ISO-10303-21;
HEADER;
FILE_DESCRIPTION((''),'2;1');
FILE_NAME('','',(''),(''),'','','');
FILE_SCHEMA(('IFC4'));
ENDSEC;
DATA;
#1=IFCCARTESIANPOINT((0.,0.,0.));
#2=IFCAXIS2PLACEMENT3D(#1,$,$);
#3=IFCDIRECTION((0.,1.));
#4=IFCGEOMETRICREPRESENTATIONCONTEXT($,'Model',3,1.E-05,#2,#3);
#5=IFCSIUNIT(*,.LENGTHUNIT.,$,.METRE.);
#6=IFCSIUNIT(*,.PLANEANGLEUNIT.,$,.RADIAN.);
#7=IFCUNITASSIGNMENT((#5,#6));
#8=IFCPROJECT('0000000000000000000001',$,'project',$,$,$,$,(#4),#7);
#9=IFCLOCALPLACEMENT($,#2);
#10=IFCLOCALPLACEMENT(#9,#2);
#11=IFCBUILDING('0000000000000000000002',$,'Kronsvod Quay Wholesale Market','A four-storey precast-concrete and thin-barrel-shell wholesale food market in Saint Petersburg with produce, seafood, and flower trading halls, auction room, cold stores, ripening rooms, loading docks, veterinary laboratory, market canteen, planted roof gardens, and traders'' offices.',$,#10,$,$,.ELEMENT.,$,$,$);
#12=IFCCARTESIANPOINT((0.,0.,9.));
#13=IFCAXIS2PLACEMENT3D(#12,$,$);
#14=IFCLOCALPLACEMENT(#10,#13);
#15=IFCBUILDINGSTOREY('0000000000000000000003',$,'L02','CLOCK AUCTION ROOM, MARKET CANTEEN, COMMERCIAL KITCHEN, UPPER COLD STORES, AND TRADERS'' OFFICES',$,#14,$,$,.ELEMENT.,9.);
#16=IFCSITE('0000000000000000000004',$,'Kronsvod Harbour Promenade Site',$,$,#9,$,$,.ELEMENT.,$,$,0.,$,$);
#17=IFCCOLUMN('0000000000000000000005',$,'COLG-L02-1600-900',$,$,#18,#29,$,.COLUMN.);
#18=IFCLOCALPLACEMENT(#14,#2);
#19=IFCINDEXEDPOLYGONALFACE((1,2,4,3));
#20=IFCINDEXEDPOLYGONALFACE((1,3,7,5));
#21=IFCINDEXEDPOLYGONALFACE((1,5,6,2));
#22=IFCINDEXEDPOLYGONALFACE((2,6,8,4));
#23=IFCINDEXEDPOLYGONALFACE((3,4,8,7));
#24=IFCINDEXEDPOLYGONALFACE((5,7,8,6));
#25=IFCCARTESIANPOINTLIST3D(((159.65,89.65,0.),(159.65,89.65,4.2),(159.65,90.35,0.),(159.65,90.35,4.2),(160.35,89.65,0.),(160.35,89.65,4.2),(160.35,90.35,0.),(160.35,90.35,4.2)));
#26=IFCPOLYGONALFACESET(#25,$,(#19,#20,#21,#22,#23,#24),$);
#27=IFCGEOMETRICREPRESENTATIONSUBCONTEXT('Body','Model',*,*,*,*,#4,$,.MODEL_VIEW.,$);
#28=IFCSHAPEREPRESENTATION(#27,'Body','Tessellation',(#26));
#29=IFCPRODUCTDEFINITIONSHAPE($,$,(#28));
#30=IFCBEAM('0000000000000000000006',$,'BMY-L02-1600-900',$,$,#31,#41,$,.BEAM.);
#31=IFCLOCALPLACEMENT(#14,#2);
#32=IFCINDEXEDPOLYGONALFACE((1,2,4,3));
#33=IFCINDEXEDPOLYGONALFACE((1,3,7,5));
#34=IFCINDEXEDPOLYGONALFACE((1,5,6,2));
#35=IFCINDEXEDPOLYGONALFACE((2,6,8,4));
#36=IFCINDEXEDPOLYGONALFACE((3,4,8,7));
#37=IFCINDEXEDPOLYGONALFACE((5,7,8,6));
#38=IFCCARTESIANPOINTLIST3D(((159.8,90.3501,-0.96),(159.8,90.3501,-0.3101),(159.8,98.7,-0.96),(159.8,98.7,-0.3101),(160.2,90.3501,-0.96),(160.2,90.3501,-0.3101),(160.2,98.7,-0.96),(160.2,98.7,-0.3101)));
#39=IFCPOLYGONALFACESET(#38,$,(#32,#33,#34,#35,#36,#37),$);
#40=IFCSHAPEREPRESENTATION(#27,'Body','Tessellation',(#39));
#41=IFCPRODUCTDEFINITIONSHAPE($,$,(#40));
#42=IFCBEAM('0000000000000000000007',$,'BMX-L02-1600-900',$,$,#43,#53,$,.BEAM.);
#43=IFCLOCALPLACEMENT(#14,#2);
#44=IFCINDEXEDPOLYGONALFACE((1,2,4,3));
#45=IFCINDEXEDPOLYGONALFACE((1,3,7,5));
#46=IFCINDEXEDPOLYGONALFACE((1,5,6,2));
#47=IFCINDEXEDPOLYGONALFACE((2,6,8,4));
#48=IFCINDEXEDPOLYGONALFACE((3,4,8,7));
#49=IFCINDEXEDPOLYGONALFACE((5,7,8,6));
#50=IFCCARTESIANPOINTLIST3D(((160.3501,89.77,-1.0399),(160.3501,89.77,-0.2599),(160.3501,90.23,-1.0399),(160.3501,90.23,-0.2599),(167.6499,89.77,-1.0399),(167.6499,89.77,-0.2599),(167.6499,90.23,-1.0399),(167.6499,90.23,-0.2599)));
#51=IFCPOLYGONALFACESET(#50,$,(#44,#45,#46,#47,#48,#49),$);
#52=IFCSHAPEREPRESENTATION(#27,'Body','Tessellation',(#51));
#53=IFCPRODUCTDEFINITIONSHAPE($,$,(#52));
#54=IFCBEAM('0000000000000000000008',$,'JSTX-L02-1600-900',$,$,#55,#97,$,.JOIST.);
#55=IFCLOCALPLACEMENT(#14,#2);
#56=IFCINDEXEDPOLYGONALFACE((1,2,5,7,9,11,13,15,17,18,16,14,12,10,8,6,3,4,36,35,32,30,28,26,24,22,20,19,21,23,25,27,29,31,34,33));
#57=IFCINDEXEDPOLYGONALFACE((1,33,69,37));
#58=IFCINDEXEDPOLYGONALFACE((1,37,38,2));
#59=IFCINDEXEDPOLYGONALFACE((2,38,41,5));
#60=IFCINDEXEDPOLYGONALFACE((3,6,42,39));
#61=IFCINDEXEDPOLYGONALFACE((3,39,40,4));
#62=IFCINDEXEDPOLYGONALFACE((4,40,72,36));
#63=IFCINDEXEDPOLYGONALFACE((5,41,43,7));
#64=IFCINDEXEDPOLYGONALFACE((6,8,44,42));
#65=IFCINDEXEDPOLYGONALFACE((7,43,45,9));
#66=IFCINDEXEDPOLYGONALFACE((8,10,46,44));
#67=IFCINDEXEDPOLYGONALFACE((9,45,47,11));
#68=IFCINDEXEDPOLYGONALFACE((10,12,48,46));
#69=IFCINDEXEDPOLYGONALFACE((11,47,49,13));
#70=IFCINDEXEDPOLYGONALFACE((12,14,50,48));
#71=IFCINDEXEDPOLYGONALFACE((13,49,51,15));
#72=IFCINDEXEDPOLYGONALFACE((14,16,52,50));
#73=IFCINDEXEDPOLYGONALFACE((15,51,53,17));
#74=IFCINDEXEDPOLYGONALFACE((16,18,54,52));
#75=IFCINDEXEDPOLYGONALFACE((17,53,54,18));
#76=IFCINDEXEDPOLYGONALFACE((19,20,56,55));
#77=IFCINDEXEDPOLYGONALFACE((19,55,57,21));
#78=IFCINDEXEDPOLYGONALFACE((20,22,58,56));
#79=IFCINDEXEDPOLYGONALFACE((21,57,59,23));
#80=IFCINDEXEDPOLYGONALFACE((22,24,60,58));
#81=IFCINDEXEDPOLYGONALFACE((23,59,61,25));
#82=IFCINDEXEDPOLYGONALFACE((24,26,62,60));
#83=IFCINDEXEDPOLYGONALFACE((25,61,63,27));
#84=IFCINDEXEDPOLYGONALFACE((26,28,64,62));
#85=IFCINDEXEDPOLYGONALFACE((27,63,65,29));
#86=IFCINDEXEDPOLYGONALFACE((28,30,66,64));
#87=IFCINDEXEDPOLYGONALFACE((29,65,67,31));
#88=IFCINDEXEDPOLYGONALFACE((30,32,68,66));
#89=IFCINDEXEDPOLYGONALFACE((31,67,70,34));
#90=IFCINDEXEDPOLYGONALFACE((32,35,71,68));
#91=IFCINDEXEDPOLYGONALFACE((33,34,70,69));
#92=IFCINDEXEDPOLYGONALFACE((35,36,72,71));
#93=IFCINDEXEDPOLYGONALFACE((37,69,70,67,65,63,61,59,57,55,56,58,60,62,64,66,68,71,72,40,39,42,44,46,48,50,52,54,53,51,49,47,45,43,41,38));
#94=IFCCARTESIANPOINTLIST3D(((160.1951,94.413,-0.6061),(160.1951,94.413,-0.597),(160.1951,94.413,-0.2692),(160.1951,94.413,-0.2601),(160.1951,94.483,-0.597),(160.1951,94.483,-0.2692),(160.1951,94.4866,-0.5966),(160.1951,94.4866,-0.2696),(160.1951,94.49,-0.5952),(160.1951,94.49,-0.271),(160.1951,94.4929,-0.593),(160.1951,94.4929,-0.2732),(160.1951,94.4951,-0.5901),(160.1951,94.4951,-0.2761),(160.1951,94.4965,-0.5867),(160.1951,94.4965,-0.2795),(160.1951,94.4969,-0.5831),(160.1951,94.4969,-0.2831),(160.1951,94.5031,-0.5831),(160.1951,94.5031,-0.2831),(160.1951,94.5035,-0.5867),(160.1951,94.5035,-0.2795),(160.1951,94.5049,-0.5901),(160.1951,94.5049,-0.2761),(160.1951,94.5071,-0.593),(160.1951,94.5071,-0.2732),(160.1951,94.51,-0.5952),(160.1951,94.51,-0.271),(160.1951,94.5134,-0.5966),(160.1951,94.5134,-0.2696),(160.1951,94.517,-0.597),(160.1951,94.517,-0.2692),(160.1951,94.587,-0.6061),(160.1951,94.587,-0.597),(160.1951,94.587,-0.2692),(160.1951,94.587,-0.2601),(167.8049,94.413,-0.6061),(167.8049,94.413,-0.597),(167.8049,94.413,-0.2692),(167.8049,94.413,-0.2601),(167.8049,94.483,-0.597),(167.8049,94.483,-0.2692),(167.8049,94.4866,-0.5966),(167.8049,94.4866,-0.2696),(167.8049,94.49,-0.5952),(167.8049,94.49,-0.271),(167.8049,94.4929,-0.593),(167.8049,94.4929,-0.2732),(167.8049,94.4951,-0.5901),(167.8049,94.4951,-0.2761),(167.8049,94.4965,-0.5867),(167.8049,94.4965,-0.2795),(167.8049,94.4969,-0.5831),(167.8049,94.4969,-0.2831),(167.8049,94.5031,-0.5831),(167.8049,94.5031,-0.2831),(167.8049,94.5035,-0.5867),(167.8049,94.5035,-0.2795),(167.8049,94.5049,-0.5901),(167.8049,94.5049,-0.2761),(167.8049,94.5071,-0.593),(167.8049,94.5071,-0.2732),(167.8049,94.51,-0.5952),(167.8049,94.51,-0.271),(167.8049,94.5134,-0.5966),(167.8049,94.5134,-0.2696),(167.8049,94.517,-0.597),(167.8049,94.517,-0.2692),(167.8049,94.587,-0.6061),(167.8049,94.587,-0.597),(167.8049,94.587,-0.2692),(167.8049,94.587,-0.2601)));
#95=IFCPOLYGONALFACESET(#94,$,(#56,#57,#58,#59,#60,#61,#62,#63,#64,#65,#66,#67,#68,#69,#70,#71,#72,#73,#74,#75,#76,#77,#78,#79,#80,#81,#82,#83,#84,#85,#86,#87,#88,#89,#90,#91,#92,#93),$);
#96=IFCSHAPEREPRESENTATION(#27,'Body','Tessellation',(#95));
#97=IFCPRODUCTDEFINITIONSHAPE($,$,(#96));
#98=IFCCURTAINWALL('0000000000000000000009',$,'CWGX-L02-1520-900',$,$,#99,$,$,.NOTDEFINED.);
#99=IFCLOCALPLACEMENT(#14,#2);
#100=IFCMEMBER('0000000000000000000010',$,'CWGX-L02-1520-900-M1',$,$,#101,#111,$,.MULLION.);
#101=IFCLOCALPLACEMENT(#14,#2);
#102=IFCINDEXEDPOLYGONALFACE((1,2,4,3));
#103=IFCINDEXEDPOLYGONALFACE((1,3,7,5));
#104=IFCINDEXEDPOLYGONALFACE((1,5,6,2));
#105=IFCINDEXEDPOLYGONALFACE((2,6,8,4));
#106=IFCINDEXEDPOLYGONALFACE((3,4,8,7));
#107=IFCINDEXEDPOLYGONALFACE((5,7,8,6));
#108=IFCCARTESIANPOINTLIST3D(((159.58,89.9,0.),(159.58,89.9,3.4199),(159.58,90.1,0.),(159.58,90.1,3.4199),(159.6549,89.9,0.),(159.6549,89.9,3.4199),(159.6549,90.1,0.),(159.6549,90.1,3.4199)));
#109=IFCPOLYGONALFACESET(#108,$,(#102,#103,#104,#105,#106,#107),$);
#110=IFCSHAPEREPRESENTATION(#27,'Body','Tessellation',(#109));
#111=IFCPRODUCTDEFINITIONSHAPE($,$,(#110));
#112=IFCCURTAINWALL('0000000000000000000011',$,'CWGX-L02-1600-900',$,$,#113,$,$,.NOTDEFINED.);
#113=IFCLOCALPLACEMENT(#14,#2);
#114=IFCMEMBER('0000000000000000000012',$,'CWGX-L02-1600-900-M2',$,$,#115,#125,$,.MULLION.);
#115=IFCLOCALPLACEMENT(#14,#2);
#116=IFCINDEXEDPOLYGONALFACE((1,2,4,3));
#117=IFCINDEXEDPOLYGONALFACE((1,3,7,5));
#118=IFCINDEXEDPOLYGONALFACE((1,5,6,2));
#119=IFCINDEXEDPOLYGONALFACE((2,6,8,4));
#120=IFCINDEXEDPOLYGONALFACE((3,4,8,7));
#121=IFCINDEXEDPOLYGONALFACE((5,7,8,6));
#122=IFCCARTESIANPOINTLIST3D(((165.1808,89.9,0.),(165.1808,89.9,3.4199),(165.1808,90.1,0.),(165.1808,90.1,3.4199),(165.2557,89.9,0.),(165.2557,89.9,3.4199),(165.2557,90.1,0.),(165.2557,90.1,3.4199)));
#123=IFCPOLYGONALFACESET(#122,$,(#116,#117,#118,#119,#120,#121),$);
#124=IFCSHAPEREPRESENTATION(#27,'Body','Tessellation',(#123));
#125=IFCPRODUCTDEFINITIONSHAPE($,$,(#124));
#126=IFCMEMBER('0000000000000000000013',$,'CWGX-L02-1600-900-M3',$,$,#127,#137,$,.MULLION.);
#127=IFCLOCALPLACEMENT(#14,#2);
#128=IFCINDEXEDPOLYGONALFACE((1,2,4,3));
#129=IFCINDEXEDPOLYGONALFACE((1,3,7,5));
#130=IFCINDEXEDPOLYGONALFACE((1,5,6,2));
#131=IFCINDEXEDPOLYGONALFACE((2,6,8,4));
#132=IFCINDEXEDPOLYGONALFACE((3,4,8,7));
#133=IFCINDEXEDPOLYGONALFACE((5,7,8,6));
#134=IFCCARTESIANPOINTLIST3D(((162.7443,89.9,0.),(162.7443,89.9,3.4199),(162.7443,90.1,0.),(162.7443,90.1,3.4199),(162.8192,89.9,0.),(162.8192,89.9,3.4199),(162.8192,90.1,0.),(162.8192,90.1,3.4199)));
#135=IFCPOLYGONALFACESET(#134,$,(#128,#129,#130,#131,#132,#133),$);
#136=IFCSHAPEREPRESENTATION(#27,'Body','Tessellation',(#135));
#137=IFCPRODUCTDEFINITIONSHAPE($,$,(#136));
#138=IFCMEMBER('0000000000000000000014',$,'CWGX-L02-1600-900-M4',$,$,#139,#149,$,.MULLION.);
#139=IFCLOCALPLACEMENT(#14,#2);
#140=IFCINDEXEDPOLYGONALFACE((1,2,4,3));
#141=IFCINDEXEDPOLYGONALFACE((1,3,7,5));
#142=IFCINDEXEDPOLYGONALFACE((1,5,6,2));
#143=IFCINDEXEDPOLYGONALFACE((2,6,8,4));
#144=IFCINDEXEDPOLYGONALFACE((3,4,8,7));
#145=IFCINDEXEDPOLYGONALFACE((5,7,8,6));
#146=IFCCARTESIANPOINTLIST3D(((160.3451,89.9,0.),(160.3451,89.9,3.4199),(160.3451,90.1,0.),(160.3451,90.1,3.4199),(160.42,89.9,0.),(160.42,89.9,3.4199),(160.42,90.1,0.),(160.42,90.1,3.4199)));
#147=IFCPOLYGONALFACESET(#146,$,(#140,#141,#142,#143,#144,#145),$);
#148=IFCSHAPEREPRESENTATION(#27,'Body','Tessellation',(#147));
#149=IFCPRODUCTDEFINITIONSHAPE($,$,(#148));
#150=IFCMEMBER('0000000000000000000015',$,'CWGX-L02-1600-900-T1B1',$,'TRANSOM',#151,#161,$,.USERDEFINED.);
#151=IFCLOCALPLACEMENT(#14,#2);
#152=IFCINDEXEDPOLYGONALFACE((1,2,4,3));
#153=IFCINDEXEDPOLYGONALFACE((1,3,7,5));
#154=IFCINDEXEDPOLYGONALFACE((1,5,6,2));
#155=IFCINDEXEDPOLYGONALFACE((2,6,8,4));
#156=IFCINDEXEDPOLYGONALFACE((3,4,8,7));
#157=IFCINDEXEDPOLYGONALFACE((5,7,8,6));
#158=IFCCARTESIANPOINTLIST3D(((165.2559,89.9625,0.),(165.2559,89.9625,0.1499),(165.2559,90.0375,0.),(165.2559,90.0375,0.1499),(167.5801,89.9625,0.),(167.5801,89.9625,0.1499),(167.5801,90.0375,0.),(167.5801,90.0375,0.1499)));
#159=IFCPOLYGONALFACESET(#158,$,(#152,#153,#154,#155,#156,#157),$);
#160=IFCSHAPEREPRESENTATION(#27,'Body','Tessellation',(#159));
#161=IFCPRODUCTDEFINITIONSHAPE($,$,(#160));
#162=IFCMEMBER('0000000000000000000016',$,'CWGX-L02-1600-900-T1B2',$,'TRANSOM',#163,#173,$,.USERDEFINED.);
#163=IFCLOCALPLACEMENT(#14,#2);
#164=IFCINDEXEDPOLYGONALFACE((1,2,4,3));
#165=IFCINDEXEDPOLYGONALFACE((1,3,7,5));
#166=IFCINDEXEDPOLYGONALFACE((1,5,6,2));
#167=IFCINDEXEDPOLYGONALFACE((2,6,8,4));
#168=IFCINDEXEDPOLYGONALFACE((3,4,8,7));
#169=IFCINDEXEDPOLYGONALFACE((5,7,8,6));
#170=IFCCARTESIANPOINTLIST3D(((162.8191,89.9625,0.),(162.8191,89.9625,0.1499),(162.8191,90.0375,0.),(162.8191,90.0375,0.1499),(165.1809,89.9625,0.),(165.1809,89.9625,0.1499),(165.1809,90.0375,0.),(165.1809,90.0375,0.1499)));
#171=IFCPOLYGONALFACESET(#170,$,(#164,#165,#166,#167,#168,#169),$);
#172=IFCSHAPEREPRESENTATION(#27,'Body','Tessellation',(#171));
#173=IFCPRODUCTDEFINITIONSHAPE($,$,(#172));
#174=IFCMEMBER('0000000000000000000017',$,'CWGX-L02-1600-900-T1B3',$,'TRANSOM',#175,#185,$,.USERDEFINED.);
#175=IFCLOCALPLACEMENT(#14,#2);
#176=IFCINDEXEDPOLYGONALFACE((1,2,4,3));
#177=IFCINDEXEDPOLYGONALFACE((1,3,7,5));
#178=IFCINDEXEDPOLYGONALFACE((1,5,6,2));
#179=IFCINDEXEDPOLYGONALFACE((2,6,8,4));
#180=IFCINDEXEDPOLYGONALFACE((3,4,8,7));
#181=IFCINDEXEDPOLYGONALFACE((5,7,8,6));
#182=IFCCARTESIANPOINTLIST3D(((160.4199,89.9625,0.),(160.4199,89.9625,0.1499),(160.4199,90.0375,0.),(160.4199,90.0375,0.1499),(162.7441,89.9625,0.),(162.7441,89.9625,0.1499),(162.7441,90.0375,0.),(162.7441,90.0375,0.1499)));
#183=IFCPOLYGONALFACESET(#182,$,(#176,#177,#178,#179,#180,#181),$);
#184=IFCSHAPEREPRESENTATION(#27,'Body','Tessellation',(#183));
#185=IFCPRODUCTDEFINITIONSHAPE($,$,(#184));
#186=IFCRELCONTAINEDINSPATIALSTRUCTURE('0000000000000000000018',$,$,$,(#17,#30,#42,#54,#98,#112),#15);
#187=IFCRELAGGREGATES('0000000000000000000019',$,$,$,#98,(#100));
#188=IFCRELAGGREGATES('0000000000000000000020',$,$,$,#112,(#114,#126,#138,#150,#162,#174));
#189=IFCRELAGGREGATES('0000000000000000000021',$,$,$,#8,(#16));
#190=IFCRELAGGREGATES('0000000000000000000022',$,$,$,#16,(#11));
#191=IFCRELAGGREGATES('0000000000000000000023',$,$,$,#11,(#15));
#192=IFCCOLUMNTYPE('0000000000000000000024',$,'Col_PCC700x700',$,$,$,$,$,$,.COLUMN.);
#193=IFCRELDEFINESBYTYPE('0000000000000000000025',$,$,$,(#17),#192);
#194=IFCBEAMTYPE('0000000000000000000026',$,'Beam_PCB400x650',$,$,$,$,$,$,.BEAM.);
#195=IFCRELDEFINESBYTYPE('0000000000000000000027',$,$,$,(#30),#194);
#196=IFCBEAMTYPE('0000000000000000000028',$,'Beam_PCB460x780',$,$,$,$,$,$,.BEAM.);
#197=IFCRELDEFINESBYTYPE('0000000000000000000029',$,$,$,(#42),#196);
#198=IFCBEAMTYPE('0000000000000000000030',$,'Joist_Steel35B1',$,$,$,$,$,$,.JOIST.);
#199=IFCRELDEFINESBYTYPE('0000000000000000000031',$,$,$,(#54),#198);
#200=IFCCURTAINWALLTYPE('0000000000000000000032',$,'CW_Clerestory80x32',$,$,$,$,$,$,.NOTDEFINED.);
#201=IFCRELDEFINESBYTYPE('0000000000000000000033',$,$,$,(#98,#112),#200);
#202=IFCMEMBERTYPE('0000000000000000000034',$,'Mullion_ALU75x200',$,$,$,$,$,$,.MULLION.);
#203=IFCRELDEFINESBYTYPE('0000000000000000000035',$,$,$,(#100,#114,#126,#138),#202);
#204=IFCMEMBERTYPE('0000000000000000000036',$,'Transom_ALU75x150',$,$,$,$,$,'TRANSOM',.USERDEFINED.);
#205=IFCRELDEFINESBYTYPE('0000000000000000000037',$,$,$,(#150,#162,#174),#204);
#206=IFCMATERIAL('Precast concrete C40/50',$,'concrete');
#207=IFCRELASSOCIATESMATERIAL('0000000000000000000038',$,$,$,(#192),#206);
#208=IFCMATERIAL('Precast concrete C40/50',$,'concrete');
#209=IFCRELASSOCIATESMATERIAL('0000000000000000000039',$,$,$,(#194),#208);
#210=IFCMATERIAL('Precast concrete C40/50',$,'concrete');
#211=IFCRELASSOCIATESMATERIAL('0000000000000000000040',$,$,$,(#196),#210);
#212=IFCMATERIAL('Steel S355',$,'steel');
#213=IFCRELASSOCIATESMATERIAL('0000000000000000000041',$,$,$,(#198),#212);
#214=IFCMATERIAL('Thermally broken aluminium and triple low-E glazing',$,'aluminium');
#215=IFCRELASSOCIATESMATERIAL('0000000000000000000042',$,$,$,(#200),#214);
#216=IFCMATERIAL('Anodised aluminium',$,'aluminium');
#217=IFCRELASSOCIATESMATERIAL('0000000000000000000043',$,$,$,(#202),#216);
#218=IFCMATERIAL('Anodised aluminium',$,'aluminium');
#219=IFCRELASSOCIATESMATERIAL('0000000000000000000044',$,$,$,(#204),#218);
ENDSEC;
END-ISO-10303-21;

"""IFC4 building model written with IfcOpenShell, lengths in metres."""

from ifc_helpers import new_model, si_unit, direction, frame, origin, origin_2d, place, context, subcontext, project, spatial, rectangle, i_section, extrude, material, material_profile, profile_set, type_object, element, aggregate, save


model = new_model("IFC4")

# Units and contexts
model_context = context("Model", 3, precision=1e-05, world=origin(), true_north=direction((0.0, 1.0)))
body_context = subcontext(model_context, "Body", "Model", "MODEL_VIEW")
ifc_project = project(units=[si_unit("LENGTHUNIT", "METRE"), si_unit("PLANEANGLEUNIT", "RADIAN")], contexts=[model_context])

# Site, building, storey
site_placement = place(None, origin())
site = spatial("IfcSite", under=ifc_project, at=site_placement, Name="Kronsvod Harbour Promenade Site", CompositionType="ELEMENT", RefElevation=0.0)
building_placement = place(site_placement, origin())
building = spatial("IfcBuilding", under=site, at=building_placement, Name="Kronsvod Quay Wholesale Market", Description="A four-storey precast-concrete and thin-barrel-shell wholesale food market in Saint Petersburg with produce, seafood, and flower trading halls, auction room, cold stores, ripening rooms, loading docks, veterinary laboratory, market canteen, planted roof gardens, and traders' offices.", CompositionType="ELEMENT")
storey_placement = place(building_placement, frame((0.0, 0.0, 9.0)))
storey = spatial("IfcBuildingStorey", under=building, at=storey_placement, Name="L02", Description="CLOCK AUCTION ROOM, MARKET CANTEEN, COMMERCIAL KITCHEN, UPPER COLD STORES, AND TRADERS' OFFICES", CompositionType="ELEMENT", Elevation=9.0)

# Column
ifc_material_1 = material(Name="Precast concrete C40/50", Category="concrete")
ifc_material_profile_1 = material_profile(ifc_material_1, rectangle(XDim=0.7, YDim=0.7, at=origin_2d()), Name="PCC700x700")
ifc_profile_set_1 = profile_set([ifc_material_profile_1], Name="Precast concrete C40/50")
column_type = type_object("IfcColumnType", Name="Col_PCC700x700", PredefinedType="COLUMN", material=ifc_profile_set_1)
column_placement = place(storey_placement, frame((160.0, 90.0, 0.0), z_axis=(0.0, 0.0, 1.0), x_axis=(1.0, 0.0, 0.0)))
element("IfcColumn", 1, at=column_placement, inside=storey, type_object=column_type, Name="COLG-L02-1600-900", PredefinedType="COLUMN", context=body_context, shape_type="SweptSolid", body=[
    extrude(rectangle(XDim=0.7, YDim=0.7, at=origin_2d()), origin(), (0.0, 0.0, 1.0), 4.2),
])

# Beams
ifc_material_2 = material(Name="Precast concrete C40/50", Category="concrete")
ifc_material_profile_2 = material_profile(ifc_material_2, rectangle(XDim=0.3999, YDim=0.6499, at=origin_2d()), Name="PCB400x650")
ifc_profile_set_2 = profile_set([ifc_material_profile_2], Name="Precast concrete C40/50")
beam_type_1 = type_object("IfcBeamType", Name="Beam_PCB400x650", PredefinedType="BEAM", material=ifc_profile_set_2)
beam_1_placement = place(storey_placement, frame((160.0, 90.3501, -0.635), z_axis=(0.0, 1.0, 0.0), x_axis=(-1.0, 0.0, 0.0)))
element("IfcBeam", 2, at=beam_1_placement, inside=storey, type_object=beam_type_1, Name="BMY-L02-1600-900", PredefinedType="BEAM", context=body_context, shape_type="SweptSolid", body=[
    extrude(rectangle(XDim=0.3999, YDim=0.6499, at=origin_2d()), origin(), (0.0, 0.0, 1.0), 8.3499),
])
ifc_material_3 = material(Name="Precast concrete C40/50", Category="concrete")
ifc_material_profile_3 = material_profile(ifc_material_3, rectangle(XDim=0.46, YDim=0.78, at=origin_2d()), Name="PB-03")
ifc_profile_set_3 = profile_set([ifc_material_profile_3], Name="Precast concrete C40/50")
beam_type_2 = type_object("IfcBeamType", Name="Beam_PCB460x780", PredefinedType="BEAM", material=ifc_profile_set_3)
beam_2_placement = place(storey_placement, frame((160.3501, 90.0, -0.6499), z_axis=(1.0, 0.0, 0.0), x_axis=(0.0, 1.0, 0.0)))
element("IfcBeam", 3, at=beam_2_placement, inside=storey, type_object=beam_type_2, Name="BMX-L02-1600-900", PredefinedType="BEAM", context=body_context, shape_type="SweptSolid", body=[
    extrude(rectangle(XDim=0.46, YDim=0.78, at=origin_2d()), origin(), (0.0, 0.0, 1.0), 7.2998),
])
ifc_material_4 = material(Name="Steel S355", Category="steel")
ifc_material_profile_4 = material_profile(ifc_material_4, i_section(OverallWidth=0.1741, OverallDepth=0.3459, WebThickness=0.0061, FlangeThickness=0.009, FilletRadius=0.0139, at=origin_2d()), Name="35B1")
ifc_profile_set_4 = profile_set([ifc_material_profile_4], Name="Steel S355")
beam_type_3 = type_object("IfcBeamType", Name="Joist_Steel35B1", PredefinedType="JOIST", material=ifc_profile_set_4)
beam_3_placement = place(storey_placement, frame((160.1951, 94.5, -0.4331), z_axis=(1.0, 0.0, 0.0), x_axis=(0.0, 1.0, 0.0)))
element("IfcBeam", 4, at=beam_3_placement, inside=storey, type_object=beam_type_3, Name="JSTX-L02-1600-900", PredefinedType="JOIST", context=body_context, shape_type="SweptSolid", body=[
    extrude(i_section(OverallWidth=0.1741, OverallDepth=0.3459, WebThickness=0.0061, FlangeThickness=0.009, FilletRadius=0.0139, at=origin_2d()), origin(), (0.0, 0.0, 1.0), 7.6099),
])

# Curtain wall, member
ifc_material_5 = material(Name="Thermally broken aluminium and triple low-E glazing", Category="aluminium")
curtain_wall_type = type_object("IfcCurtainWallType", Name="CW_Clerestory80x32", PredefinedType="NOTDEFINED", material=ifc_material_5)
curtain_wall_1_placement = place(storey_placement, origin())
curtain_wall_1 = element("IfcCurtainWall", 5, at=curtain_wall_1_placement, inside=storey, type_object=curtain_wall_type, Name="CWGX-L02-1520-900", PredefinedType="NOTDEFINED")
ifc_material_6 = material(Name="Anodised aluminium", Category="aluminium")
ifc_material_profile_5 = material_profile(ifc_material_6, rectangle(XDim=0.075, YDim=0.2, at=origin_2d()), Name="ALUM75x200")
ifc_profile_set_5 = profile_set([ifc_material_profile_5], Name="Anodised aluminium")
member_type_1 = type_object("IfcMemberType", Name="Mullion_ALU75x200", PredefinedType="MULLION", material=ifc_profile_set_5)
member_1_placement = place(storey_placement, frame((159.6174, 90.0, 0.0), z_axis=(0.0, 0.0, 1.0), x_axis=(1.0, 0.0, 0.0)))
member_1 = element("IfcMember", 6, at=member_1_placement, type_object=member_type_1, Name="CWGX-L02-1520-900-M1", PredefinedType="MULLION", context=body_context, shape_type="SweptSolid", body=[
    extrude(rectangle(XDim=0.075, YDim=0.2, at=origin_2d()), origin(), (0.0, 0.0, 1.0), 3.4199),
])
aggregate(curtain_wall_1, [member_1])

# Curtain wall, members
curtain_wall_2_placement = place(storey_placement, origin())
curtain_wall_2 = element("IfcCurtainWall", 7, at=curtain_wall_2_placement, inside=storey, type_object=curtain_wall_type, Name="CWGX-L02-1600-900", PredefinedType="NOTDEFINED")
member_2_placement = place(storey_placement, frame((165.2183, 90.0, 0.0), z_axis=(0.0, 0.0, 1.0), x_axis=(1.0, 0.0, 0.0)))
member_2 = element("IfcMember", 8, at=member_2_placement, type_object=member_type_1, Name="CWGX-L02-1600-900-M2", PredefinedType="MULLION", context=body_context, shape_type="SweptSolid", body=[
    extrude(rectangle(XDim=0.075, YDim=0.2, at=origin_2d()), origin(), (0.0, 0.0, 1.0), 3.4199),
])
member_3_placement = place(storey_placement, frame((162.7817, 90.0, 0.0), z_axis=(0.0, 0.0, 1.0), x_axis=(1.0, 0.0, 0.0)))
member_3 = element("IfcMember", 9, at=member_3_placement, type_object=member_type_1, Name="CWGX-L02-1600-900-M3", PredefinedType="MULLION", context=body_context, shape_type="SweptSolid", body=[
    extrude(rectangle(XDim=0.075, YDim=0.2, at=origin_2d()), origin(), (0.0, 0.0, 1.0), 3.4199),
])
member_4_placement = place(storey_placement, frame((160.3826, 90.0, 0.0), z_axis=(0.0, 0.0, 1.0), x_axis=(1.0, 0.0, 0.0)))
member_4 = element("IfcMember", 10, at=member_4_placement, type_object=member_type_1, Name="CWGX-L02-1600-900-M4", PredefinedType="MULLION", context=body_context, shape_type="SweptSolid", body=[
    extrude(rectangle(XDim=0.075, YDim=0.2, at=origin_2d()), origin(), (0.0, 0.0, 1.0), 3.4199),
])
ifc_material_7 = material(Name="Anodised aluminium", Category="aluminium")
ifc_material_profile_6 = material_profile(ifc_material_7, rectangle(XDim=0.075, YDim=0.1499, at=origin_2d()), Name="ALUT75x150")
ifc_profile_set_6 = profile_set([ifc_material_profile_6], Name="Anodised aluminium")
member_type_2 = type_object("IfcMemberType", Name="Transom_ALU75x150", ElementType="TRANSOM", PredefinedType="USERDEFINED", material=ifc_profile_set_6)
member_5_placement = place(storey_placement, frame((167.5801, 90.0, 0.075), z_axis=(-1.0, 0.0, 0.0), x_axis=(0.0, -1.0, 0.0)))
member_5 = element("IfcMember", 11, at=member_5_placement, type_object=member_type_2, Name="CWGX-L02-1600-900-T1B1", ObjectType="TRANSOM", PredefinedType="USERDEFINED", context=body_context, shape_type="SweptSolid", body=[
    extrude(rectangle(XDim=0.075, YDim=0.1499, at=origin_2d()), origin(), (0.0, 0.0, 1.0), 2.3242),
])
member_6_placement = place(storey_placement, frame((165.1809, 90.0, 0.075), z_axis=(-1.0, 0.0, 0.0), x_axis=(0.0, -1.0, 0.0)))
member_6 = element("IfcMember", 12, at=member_6_placement, type_object=member_type_2, Name="CWGX-L02-1600-900-T1B2", ObjectType="TRANSOM", PredefinedType="USERDEFINED", context=body_context, shape_type="SweptSolid", body=[
    extrude(rectangle(XDim=0.075, YDim=0.1499, at=origin_2d()), origin(), (0.0, 0.0, 1.0), 2.3618),
])
member_7_placement = place(storey_placement, frame((162.7441, 90.0, 0.075), z_axis=(-1.0, 0.0, 0.0), x_axis=(0.0, -1.0, 0.0)))
member_7 = element("IfcMember", 13, at=member_7_placement, type_object=member_type_2, Name="CWGX-L02-1600-900-T1B3", ObjectType="TRANSOM", PredefinedType="USERDEFINED", context=body_context, shape_type="SweptSolid", body=[
    extrude(rectangle(XDim=0.075, YDim=0.1499, at=origin_2d()), origin(), (0.0, 0.0, 1.0), 2.3242),
])
aggregate(curtain_wall_2, [member_2, member_3, member_4, member_5, member_6, member_7])

save(model, "model.ifc")
